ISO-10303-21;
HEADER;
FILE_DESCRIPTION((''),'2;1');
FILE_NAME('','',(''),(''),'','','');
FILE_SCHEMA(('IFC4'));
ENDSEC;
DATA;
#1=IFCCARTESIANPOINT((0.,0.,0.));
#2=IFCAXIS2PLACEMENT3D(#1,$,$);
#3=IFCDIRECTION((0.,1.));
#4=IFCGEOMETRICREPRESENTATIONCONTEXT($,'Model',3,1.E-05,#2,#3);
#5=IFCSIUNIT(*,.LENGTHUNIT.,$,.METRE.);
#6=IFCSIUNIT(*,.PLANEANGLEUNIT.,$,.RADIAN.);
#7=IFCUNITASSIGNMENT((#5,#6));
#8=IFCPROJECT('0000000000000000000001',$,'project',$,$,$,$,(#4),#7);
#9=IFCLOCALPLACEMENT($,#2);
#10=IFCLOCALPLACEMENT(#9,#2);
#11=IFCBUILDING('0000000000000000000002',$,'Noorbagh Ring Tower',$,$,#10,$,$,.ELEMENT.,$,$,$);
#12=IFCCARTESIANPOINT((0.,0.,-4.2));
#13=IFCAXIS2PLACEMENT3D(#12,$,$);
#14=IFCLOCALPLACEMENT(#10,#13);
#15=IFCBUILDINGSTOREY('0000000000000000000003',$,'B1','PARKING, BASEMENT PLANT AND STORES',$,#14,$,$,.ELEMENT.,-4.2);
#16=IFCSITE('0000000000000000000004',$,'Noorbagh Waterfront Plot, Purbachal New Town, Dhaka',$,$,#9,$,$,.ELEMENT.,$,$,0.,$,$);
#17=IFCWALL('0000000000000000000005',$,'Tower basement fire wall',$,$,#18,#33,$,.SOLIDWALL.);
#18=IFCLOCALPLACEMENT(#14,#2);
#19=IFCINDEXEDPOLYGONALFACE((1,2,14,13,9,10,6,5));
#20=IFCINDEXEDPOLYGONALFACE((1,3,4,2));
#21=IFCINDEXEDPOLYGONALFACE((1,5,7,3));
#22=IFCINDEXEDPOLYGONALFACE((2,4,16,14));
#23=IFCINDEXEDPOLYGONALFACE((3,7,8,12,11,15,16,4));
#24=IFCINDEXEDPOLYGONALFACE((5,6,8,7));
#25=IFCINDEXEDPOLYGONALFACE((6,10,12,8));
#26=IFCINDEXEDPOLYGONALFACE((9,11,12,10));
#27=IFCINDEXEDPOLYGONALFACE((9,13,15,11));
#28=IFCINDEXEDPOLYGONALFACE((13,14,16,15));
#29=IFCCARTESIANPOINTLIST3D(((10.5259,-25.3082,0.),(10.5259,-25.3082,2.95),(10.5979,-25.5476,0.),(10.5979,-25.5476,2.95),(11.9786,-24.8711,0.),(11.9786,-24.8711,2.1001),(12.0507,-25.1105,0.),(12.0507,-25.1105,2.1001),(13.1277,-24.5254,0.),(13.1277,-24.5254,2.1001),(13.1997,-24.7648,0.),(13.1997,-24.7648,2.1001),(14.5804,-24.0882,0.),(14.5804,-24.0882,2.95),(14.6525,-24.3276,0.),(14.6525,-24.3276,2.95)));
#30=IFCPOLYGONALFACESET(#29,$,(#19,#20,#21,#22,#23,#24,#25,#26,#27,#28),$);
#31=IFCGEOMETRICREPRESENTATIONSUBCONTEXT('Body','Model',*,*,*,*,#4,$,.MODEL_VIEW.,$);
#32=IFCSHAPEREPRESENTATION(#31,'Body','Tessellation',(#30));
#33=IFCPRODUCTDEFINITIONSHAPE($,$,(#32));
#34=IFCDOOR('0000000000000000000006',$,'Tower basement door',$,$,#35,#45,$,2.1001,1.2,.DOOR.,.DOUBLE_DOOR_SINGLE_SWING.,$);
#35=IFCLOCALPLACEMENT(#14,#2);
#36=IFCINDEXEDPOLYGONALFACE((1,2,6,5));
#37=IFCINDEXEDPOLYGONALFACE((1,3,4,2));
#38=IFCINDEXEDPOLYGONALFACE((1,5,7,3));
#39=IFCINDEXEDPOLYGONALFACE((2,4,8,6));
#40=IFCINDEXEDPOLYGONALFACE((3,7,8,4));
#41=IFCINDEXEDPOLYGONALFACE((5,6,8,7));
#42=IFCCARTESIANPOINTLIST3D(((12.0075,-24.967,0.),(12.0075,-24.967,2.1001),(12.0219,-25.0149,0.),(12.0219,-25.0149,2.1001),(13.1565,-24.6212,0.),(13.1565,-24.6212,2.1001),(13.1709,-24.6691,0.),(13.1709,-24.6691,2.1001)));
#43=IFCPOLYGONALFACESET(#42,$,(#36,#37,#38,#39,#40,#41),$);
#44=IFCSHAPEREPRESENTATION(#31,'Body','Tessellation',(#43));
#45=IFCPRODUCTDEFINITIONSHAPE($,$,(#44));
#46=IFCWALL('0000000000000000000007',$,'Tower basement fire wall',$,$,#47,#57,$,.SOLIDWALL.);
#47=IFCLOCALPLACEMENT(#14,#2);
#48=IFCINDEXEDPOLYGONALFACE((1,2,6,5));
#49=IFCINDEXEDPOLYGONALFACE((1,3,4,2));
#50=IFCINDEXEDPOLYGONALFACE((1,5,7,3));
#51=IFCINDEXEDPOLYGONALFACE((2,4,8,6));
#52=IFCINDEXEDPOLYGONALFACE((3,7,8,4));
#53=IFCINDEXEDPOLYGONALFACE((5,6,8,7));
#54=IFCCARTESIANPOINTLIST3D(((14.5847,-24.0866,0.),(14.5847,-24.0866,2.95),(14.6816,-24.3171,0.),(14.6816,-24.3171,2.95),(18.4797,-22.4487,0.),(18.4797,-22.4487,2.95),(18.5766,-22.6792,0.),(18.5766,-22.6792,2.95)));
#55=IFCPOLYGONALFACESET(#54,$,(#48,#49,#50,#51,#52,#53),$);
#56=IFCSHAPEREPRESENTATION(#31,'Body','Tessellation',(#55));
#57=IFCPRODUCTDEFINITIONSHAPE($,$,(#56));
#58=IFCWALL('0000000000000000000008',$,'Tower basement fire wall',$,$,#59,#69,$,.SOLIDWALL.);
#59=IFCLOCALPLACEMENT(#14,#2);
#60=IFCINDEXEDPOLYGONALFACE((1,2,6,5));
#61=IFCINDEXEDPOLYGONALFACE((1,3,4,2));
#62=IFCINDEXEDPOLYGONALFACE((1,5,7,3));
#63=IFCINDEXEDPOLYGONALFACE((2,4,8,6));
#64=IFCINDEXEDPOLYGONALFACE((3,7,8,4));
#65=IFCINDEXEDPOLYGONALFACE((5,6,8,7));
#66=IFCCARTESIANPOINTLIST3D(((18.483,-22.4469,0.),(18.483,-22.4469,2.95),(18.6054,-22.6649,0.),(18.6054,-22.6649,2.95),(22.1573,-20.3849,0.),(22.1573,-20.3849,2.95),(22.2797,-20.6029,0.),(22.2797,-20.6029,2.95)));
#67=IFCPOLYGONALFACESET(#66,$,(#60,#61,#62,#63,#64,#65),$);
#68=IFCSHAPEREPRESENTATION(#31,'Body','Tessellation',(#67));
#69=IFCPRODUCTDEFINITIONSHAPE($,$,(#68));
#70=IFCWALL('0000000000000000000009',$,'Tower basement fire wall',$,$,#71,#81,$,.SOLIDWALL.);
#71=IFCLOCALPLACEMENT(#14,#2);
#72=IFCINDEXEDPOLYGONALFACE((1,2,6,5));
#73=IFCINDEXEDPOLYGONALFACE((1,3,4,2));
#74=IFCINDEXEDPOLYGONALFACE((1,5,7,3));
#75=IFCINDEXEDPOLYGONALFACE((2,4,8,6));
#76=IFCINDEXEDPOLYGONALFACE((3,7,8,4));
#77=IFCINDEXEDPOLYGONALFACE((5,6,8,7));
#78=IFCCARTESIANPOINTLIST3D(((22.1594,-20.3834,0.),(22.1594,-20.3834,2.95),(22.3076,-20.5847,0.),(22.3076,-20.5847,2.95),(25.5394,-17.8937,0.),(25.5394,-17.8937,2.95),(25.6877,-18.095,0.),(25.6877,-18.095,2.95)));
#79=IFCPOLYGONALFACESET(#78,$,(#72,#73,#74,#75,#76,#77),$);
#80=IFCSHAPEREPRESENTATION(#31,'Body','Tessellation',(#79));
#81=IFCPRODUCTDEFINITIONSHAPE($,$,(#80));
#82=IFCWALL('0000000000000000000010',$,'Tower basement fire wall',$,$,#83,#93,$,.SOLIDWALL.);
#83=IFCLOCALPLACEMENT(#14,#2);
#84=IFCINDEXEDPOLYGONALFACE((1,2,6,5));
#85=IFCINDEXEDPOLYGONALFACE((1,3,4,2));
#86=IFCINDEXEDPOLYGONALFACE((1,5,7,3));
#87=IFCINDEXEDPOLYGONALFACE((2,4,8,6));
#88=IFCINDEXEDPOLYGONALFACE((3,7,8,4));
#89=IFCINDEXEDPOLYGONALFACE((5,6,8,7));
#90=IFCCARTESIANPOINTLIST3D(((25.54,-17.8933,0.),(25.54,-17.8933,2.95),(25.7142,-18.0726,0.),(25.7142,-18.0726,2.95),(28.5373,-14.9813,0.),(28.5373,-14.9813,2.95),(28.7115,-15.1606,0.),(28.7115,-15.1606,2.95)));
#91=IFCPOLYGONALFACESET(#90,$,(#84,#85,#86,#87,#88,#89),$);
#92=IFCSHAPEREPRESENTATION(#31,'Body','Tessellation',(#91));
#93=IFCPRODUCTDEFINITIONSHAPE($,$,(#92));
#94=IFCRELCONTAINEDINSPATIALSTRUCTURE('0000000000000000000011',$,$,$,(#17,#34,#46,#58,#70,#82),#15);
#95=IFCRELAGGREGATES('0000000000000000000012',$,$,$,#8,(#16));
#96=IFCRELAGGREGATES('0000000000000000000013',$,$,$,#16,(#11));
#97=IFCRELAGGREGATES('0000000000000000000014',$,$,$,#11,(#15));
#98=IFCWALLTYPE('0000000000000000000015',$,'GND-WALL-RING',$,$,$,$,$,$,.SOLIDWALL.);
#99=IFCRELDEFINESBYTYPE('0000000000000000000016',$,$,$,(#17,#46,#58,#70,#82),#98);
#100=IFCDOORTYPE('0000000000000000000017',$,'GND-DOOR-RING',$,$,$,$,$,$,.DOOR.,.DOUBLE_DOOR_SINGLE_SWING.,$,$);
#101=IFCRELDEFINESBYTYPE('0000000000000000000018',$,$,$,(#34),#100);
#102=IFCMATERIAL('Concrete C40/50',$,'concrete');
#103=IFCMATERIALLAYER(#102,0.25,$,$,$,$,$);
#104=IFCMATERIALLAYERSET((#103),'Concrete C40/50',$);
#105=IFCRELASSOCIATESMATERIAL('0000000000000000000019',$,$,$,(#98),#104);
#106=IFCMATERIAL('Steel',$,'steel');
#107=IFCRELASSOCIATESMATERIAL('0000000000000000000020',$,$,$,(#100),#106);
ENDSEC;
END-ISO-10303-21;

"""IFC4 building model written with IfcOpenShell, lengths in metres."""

from ifc_helpers import new_model, si_unit, direction, frame, frame_2d, origin, place, context, subcontext, project, spatial, rectangle, extrude, material, layer, layer_set, type_object, element, fill, save


model = new_model("IFC4")

# Units and contexts
model_context = context("Model", 3, precision=1e-05, world=origin(), true_north=direction((0.0, 1.0)))
body_context = subcontext(model_context, "Body", "Model", "MODEL_VIEW")
ifc_project = project(units=[si_unit("LENGTHUNIT", "METRE"), si_unit("PLANEANGLEUNIT", "RADIAN")], contexts=[model_context])

# Site, building, storey
site_placement = place(None, origin())
site = spatial("IfcSite", under=ifc_project, at=site_placement, Name="Noorbagh Waterfront Plot, Purbachal New Town, Dhaka", CompositionType="ELEMENT", RefElevation=0.0)
building_placement = place(site_placement, origin())
building = spatial("IfcBuilding", under=site, at=building_placement, Name="Noorbagh Ring Tower", CompositionType="ELEMENT")
storey_placement = place(building_placement, frame((0.0, 0.0, -4.2)))
storey = spatial("IfcBuildingStorey", under=building, at=storey_placement, Name="B1", Description="PARKING, BASEMENT PLANT AND STORES", CompositionType="ELEMENT", Elevation=-4.2)

# Wall, opening, door
ifc_material_1 = material(Name="Concrete C40/50", Category="concrete")
ifc_layer_1 = layer(ifc_material_1, 0.25)
ifc_layer_set_1 = layer_set([ifc_layer_1], Name="Concrete C40/50")
wall_type_1 = type_object("IfcWallType", Name="GND-WALL-RING", PredefinedType="SOLIDWALL", material=ifc_layer_set_1)
wall_1_placement = place(storey_placement, frame((10.5618, -25.428, 0.0), z_axis=(0.0, 0.0, 1.0), x_axis=(0.957589, 0.288136, 0.0)))
wall_1 = element("IfcWall", 1, at=wall_1_placement, inside=storey, type_object=wall_type_1, Name="Tower basement fire wall", PredefinedType="SOLIDWALL", context=body_context, shape_type="SweptSolid", body=[
    extrude(rectangle(XDim=4.2341, YDim=0.25, at=frame_2d((2.1172, 0.0))), origin(), (0.0, 0.0, 1.0), 2.95),
])
opening_1_placement = place(wall_1_placement, frame((1.5171, 0.0, 0.0)))
opening_1 = element("IfcOpeningElement", 2, at=opening_1_placement, cuts=wall_1, PredefinedType="OPENING", context=body_context, shape_type="SweptSolid", body=[
    extrude(rectangle(XDim=1.2, YDim=2.1001, at=frame_2d((0.6001, 1.05))), frame((0.0, 0.135, 0.0), z_axis=(0.0, -1.0, 0.0), x_axis=(1.0, 0.0, 0.0)), (0.0, 0.0, 1.0), 0.27),
])
ifc_material_2 = material(Name="Steel", Category="steel")
door_type_1 = type_object("IfcDoorType", Name="GND-DOOR-RING", OperationType="DOUBLE_DOOR_SINGLE_SWING", PredefinedType="DOOR", material=ifc_material_2)
door_1_placement = place(opening_1_placement, origin())
door_1 = element("IfcDoor", 3, at=door_1_placement, inside=storey, type_object=door_type_1, Name="Tower basement door", OperationType="DOUBLE_DOOR_SINGLE_SWING", OverallHeight=2.1001, OverallWidth=1.2, PredefinedType="DOOR", context=body_context, shape_type="SweptSolid", body=[
    extrude(rectangle(XDim=1.2, YDim=2.1001, at=frame_2d((0.6001, 1.05))), frame((0.0, 0.0249, 0.0), z_axis=(0.0, -1.0, 0.0), x_axis=(1.0, 0.0, 0.0)), (0.0, 0.0, 1.0), 0.05),
])
fill(opening_1, door_1)

# Walls
wall_2_placement = place(storey_placement, frame((14.6331, -24.2019, 0.0), z_axis=(0.0, 0.0, 1.0), x_axis=(0.92181, 0.387641, 0.0)))
element("IfcWall", 4, at=wall_2_placement, inside=storey, type_object=wall_type_1, Name="Tower basement fire wall", PredefinedType="SOLIDWALL", context=body_context, shape_type="SweptSolid", body=[
    extrude(rectangle(XDim=4.2253, YDim=0.25, at=frame_2d((2.1128, 0.0))), origin(), (0.0, 0.0, 1.0), 2.95),
])
wall_3_placement = place(storey_placement, frame((18.5442, -22.5559, 0.0), z_axis=(0.0, 0.0, 1.0), x_axis=(0.872061, 0.489397, 0.0)))
element("IfcWall", 5, at=wall_3_placement, inside=storey, type_object=wall_type_1, Name="Tower basement fire wall", PredefinedType="SOLIDWALL", context=body_context, shape_type="SweptSolid", body=[
    extrude(rectangle(XDim=4.2134, YDim=0.25, at=frame_2d((2.1067, 0.0))), origin(), (0.0, 0.0, 1.0), 2.95),
])
wall_4_placement = place(storey_placement, frame((22.2334, -20.4841, 0.0), z_axis=(0.0, 0.0, 1.0), x_axis=(0.805155, 0.593064, 0.0)))
element("IfcWall", 6, at=wall_4_placement, inside=storey, type_object=wall_type_1, Name="Tower basement fire wall", PredefinedType="SOLIDWALL", context=body_context, shape_type="SweptSolid", body=[
    extrude(rectangle(XDim=4.198, YDim=0.25, at=frame_2d((2.0991, 0.0))), origin(), (0.0, 0.0, 1.0), 2.95),
])
wall_5_placement = place(storey_placement, frame((25.6272, -17.9829, 0.0), z_axis=(0.0, 0.0, 1.0), x_axis=(0.717228, 0.696839, 0.0)))
element("IfcWall", 7, at=wall_5_placement, inside=storey, type_object=wall_type_1, Name="Tower basement fire wall", PredefinedType="SOLIDWALL", context=body_context, shape_type="SweptSolid", body=[
    extrude(rectangle(XDim=4.179, YDim=0.25, at=frame_2d((2.0894, 0.0))), origin(), (0.0, 0.0, 1.0), 2.95),
])

save(model, "model.ifc")
